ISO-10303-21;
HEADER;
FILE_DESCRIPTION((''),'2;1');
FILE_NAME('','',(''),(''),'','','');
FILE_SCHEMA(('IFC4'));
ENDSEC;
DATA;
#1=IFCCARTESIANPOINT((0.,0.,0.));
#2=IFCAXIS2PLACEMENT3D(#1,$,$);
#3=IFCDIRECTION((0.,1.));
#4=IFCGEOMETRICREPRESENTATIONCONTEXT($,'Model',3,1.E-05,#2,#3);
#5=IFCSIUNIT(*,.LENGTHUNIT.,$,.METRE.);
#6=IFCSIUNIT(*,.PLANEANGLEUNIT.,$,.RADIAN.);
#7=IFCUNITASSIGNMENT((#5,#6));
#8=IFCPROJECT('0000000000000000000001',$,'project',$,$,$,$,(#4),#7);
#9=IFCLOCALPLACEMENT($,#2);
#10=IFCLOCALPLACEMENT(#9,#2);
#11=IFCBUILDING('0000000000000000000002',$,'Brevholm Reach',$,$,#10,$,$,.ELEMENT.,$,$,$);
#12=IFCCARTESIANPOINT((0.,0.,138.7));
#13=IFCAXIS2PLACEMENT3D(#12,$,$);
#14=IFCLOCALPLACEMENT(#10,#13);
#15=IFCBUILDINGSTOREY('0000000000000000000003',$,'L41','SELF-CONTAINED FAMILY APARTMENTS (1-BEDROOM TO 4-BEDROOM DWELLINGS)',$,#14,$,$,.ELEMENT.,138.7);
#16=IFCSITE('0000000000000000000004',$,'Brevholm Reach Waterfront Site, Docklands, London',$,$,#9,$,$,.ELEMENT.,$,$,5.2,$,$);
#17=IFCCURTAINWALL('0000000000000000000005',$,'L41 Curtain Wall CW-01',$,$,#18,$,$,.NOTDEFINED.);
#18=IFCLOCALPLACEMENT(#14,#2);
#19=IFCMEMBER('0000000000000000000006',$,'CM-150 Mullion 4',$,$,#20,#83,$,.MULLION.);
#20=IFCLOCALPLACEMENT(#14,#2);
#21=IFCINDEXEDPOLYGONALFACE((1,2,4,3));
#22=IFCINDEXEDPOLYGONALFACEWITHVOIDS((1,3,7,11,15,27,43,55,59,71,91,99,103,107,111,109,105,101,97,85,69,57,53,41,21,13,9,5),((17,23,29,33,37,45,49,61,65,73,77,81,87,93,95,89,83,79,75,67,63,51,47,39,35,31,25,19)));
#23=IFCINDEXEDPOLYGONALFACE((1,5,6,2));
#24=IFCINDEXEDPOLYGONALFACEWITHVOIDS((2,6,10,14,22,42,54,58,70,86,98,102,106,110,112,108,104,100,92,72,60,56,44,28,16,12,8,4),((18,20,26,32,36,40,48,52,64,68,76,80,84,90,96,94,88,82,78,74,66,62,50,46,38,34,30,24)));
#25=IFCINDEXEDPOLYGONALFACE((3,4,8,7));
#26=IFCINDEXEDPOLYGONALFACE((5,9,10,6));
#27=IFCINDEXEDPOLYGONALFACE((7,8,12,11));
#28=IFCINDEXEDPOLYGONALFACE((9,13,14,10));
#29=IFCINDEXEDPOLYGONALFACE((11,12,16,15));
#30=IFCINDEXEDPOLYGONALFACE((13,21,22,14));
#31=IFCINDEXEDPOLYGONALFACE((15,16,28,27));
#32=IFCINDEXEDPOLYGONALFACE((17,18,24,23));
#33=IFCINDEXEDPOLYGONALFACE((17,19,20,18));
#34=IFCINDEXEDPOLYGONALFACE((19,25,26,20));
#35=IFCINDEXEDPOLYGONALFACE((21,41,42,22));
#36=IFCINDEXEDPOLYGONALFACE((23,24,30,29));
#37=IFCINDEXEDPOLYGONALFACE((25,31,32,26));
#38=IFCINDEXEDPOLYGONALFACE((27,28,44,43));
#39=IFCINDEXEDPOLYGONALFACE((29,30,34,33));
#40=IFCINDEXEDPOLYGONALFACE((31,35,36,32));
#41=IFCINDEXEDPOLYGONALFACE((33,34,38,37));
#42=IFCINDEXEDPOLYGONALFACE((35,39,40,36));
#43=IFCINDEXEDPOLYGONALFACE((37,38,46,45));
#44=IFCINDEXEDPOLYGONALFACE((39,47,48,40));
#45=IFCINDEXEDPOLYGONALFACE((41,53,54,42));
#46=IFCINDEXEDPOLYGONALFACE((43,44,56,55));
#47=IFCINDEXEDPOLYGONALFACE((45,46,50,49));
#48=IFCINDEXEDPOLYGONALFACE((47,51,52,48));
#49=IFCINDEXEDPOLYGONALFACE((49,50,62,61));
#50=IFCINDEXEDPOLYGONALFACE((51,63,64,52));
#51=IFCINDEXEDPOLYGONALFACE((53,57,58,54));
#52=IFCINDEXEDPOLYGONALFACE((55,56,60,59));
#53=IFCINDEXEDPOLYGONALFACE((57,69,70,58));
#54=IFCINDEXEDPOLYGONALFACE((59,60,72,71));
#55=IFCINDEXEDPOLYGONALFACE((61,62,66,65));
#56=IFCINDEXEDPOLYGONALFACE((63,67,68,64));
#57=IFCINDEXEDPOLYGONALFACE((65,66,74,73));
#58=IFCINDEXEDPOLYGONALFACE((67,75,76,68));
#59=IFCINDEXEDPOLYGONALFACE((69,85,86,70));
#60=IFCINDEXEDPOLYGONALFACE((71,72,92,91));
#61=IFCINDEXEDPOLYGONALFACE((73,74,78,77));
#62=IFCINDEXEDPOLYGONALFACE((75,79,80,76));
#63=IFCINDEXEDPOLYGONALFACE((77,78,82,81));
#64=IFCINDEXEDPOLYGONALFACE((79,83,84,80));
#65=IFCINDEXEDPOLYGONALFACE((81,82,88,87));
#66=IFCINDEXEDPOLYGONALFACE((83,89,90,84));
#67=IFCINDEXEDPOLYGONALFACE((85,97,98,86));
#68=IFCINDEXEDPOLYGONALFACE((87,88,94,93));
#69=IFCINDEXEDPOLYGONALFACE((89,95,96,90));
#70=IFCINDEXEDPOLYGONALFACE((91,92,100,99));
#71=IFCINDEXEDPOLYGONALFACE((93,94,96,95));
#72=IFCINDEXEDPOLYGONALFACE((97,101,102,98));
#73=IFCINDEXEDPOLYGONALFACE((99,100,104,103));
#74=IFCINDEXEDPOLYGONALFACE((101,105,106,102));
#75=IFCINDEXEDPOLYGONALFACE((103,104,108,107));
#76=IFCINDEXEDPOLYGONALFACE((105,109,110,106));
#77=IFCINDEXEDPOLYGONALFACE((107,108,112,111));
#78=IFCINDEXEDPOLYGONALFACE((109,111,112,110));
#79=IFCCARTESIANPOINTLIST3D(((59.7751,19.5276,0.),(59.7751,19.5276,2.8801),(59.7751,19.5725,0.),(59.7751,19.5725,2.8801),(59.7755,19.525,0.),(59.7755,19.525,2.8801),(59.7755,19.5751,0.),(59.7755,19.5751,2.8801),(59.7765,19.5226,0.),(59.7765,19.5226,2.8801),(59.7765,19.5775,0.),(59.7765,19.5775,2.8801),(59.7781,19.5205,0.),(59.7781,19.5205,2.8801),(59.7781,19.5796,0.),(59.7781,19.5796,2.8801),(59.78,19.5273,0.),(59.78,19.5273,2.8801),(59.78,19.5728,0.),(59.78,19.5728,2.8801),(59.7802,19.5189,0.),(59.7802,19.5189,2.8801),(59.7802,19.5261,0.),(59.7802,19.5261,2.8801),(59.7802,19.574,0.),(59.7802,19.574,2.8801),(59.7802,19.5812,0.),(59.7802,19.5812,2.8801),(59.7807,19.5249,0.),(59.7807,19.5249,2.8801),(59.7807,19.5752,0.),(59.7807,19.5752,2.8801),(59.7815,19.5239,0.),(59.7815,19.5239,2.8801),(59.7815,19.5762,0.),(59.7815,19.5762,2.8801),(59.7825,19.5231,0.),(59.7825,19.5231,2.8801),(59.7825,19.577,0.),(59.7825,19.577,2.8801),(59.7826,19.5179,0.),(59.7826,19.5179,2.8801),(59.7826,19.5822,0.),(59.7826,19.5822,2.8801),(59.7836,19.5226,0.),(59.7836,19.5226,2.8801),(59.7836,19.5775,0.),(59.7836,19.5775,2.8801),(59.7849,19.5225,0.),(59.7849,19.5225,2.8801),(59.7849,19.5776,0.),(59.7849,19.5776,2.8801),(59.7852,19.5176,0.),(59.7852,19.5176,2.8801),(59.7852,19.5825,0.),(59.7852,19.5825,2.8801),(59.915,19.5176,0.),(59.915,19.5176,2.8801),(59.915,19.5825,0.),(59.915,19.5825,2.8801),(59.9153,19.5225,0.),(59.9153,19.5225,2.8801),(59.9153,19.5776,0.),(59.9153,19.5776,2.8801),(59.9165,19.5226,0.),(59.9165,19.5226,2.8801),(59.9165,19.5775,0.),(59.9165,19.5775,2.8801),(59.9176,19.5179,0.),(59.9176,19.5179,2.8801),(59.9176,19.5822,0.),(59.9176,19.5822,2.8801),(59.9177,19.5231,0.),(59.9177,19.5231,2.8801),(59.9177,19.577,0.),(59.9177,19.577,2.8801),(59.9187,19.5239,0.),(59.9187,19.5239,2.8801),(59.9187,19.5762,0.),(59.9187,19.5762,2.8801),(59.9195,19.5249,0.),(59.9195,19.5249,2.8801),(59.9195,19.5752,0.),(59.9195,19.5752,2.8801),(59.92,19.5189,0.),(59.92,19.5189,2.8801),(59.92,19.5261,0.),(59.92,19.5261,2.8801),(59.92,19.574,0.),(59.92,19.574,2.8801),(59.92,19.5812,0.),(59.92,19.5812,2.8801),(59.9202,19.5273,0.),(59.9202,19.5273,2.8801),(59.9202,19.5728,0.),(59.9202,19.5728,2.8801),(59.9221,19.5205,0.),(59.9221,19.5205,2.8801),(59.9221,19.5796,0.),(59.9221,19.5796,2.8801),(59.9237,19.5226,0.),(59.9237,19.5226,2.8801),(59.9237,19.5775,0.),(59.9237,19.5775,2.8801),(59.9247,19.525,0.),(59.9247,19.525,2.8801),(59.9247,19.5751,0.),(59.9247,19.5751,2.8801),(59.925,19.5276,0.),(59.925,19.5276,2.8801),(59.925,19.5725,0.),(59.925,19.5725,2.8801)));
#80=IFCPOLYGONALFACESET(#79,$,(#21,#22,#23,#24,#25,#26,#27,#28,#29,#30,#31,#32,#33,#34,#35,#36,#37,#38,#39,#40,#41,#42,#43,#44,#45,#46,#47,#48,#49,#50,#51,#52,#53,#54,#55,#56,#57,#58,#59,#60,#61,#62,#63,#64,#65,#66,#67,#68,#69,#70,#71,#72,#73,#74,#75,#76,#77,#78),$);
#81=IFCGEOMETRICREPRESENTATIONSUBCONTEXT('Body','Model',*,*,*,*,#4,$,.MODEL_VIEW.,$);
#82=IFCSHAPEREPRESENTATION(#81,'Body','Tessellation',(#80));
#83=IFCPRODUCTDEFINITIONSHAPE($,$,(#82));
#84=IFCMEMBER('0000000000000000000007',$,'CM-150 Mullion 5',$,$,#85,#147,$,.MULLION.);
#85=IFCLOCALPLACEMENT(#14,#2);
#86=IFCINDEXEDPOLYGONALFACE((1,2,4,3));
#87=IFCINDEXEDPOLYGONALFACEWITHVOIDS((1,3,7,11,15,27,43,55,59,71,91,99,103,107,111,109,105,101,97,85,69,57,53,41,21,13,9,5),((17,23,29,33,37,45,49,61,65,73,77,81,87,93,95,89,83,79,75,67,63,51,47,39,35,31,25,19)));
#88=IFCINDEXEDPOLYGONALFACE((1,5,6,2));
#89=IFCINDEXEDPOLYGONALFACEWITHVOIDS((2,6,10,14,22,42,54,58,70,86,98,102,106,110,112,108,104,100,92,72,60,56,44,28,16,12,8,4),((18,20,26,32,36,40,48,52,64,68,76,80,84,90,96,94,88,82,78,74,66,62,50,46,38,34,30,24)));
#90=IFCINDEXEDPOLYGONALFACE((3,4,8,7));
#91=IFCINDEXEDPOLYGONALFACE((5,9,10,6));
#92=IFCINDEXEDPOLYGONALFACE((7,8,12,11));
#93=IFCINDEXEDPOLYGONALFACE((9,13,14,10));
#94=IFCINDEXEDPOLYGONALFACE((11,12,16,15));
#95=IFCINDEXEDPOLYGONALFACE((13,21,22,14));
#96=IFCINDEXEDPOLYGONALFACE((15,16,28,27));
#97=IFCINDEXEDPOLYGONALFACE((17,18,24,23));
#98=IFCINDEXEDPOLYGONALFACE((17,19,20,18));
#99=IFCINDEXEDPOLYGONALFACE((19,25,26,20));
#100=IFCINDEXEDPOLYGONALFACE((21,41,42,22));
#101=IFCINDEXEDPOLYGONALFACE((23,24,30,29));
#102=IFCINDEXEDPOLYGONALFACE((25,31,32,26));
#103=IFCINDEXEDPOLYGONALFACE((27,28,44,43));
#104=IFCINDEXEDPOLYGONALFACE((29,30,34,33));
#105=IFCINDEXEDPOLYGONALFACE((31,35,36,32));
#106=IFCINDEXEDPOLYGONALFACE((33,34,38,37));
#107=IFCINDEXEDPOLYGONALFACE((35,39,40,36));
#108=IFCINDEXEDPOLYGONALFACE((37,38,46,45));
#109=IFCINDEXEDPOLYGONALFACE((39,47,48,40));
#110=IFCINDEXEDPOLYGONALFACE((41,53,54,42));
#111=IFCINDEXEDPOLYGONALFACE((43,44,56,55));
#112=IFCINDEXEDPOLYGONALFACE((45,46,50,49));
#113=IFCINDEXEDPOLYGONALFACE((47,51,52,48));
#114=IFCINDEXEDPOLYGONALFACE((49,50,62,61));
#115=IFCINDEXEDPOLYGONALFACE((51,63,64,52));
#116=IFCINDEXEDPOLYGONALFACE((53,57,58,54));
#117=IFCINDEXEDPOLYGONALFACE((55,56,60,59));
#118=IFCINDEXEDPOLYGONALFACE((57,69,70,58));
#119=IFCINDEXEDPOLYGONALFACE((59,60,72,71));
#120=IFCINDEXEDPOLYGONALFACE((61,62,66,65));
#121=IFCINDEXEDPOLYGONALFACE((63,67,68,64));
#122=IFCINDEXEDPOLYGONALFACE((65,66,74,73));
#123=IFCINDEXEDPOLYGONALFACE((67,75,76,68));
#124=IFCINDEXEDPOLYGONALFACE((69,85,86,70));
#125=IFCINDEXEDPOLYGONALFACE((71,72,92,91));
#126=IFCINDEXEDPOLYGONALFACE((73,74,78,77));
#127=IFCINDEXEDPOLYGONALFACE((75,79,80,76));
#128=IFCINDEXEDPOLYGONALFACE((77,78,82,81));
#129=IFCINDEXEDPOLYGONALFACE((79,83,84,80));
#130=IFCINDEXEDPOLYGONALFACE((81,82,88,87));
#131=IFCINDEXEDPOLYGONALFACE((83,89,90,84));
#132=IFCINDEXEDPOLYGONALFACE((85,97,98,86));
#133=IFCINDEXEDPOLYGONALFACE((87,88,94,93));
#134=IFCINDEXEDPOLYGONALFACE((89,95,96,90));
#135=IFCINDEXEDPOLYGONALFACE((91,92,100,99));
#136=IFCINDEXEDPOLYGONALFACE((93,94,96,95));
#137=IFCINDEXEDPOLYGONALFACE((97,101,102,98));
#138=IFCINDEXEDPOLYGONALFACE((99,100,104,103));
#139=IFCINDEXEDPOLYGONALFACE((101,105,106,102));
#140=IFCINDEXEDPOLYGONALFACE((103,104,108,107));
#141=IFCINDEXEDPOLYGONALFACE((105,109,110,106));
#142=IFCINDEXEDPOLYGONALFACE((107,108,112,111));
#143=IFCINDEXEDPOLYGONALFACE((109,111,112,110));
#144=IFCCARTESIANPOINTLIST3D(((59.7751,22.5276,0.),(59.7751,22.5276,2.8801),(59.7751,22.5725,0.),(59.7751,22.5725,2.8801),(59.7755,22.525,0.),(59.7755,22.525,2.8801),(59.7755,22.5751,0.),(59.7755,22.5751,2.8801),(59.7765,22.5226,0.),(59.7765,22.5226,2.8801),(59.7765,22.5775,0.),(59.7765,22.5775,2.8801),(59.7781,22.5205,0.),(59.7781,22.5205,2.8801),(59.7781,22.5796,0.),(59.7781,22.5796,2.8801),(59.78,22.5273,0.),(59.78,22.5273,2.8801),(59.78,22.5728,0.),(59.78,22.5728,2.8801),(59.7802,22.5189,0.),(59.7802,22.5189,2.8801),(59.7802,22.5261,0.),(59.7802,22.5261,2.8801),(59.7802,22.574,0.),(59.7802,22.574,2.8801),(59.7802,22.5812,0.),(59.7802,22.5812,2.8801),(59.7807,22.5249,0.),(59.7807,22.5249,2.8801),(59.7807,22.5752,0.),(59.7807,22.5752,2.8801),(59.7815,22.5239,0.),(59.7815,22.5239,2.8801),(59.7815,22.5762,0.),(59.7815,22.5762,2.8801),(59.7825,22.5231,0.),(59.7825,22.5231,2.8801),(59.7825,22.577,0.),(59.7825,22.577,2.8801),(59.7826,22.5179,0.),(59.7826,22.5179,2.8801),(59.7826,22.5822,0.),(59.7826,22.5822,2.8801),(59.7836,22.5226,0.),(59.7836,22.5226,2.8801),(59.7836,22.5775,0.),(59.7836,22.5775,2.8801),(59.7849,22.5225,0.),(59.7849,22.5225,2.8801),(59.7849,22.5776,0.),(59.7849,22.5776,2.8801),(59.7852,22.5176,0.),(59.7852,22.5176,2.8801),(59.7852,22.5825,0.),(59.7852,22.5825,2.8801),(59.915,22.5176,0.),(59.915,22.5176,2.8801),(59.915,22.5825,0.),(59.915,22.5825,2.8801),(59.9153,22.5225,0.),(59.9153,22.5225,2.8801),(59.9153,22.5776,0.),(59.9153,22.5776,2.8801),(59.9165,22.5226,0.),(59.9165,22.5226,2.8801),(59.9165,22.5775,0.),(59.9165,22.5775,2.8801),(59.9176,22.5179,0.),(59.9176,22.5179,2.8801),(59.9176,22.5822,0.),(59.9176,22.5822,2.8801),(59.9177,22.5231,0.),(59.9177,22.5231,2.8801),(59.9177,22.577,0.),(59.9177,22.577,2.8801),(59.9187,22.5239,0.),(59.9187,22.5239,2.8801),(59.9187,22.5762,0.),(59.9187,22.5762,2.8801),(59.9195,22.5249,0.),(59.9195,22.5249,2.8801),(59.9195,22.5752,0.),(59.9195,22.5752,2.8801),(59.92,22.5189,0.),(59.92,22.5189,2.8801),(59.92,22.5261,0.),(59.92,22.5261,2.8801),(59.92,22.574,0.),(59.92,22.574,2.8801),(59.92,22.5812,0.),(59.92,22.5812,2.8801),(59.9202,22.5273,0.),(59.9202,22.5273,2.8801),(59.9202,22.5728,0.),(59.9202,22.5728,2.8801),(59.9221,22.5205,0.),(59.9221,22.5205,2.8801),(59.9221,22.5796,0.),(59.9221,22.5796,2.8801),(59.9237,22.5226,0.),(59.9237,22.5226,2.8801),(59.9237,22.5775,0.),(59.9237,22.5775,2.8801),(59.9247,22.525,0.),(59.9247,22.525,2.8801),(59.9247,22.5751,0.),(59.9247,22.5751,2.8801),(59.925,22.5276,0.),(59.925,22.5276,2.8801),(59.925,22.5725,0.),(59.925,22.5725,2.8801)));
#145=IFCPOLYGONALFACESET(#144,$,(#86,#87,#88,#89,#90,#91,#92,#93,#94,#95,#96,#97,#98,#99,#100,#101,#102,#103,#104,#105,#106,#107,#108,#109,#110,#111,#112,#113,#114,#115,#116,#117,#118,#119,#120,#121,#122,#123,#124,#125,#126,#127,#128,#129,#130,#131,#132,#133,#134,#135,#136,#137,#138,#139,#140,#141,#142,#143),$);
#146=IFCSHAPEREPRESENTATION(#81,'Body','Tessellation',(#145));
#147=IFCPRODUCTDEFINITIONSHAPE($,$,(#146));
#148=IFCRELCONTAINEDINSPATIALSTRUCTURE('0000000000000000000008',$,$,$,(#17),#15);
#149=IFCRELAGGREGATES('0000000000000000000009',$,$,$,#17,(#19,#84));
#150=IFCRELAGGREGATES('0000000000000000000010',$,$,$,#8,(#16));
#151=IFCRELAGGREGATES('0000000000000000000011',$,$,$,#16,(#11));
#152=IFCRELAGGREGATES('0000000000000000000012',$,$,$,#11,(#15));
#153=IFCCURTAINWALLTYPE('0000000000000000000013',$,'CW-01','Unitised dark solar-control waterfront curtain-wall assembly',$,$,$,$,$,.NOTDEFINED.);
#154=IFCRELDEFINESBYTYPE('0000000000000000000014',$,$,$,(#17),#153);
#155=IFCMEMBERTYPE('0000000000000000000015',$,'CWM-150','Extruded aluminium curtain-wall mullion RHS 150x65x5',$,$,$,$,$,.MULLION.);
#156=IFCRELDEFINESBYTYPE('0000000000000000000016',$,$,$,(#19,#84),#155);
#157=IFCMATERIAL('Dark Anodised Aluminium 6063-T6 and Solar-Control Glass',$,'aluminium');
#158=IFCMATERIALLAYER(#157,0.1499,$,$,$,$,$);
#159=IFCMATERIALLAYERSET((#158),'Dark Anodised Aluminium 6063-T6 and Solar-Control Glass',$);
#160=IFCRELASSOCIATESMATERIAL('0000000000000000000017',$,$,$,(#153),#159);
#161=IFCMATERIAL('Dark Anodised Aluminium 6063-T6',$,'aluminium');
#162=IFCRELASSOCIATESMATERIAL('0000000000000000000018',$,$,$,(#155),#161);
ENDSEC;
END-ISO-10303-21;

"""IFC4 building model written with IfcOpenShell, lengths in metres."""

from ifc_helpers import new_model, si_unit, direction, frame, origin, origin_2d, place, context, subcontext, project, spatial, hollow_rectangle, extrude, material, layer, layer_set, material_profile, profile_set, type_object, element, aggregate, save


model = new_model("IFC4")

# Units and contexts
model_context = context("Model", 3, precision=1e-05, world=origin(), true_north=direction((0.0, 1.0)))
body_context = subcontext(model_context, "Body", "Model", "MODEL_VIEW")
ifc_project = project(units=[si_unit("LENGTHUNIT", "METRE"), si_unit("PLANEANGLEUNIT", "RADIAN")], contexts=[model_context])

# Site, building, storey
site_placement = place(None, origin())
site = spatial("IfcSite", under=ifc_project, at=site_placement, Name="Brevholm Reach Waterfront Site, Docklands, London", CompositionType="ELEMENT", RefElevation=5.2)
building_placement = place(site_placement, origin())
building = spatial("IfcBuilding", under=site, at=building_placement, Name="Brevholm Reach", CompositionType="ELEMENT")
storey_placement = place(building_placement, frame((0.0, 0.0, 138.7)))
storey = spatial("IfcBuildingStorey", under=building, at=storey_placement, Name="L41", Description="SELF-CONTAINED FAMILY APARTMENTS (1-BEDROOM TO 4-BEDROOM DWELLINGS)", CompositionType="ELEMENT", Elevation=138.7)

# Curtain wall, members
ifc_material_1 = material(Name="Dark Anodised Aluminium 6063-T6 and Solar-Control Glass", Category="aluminium")
ifc_layer_1 = layer(ifc_material_1, 0.1499)
ifc_layer_set_1 = layer_set([ifc_layer_1], Name="Dark Anodised Aluminium 6063-T6 and Solar-Control Glass")
curtain_wall_type = type_object("IfcCurtainWallType", Name="CW-01", Description="Unitised dark solar-control waterfront curtain-wall assembly", PredefinedType="NOTDEFINED", material=ifc_layer_set_1)
curtain_wall_placement = place(storey_placement, origin())
curtain_wall = element("IfcCurtainWall", 1, at=curtain_wall_placement, inside=storey, type_object=curtain_wall_type, Name="L41 Curtain Wall CW-01", PredefinedType="NOTDEFINED")
ifc_material_2 = material(Name="Dark Anodised Aluminium 6063-T6", Category="aluminium")
ifc_material_profile_1 = material_profile(ifc_material_2, hollow_rectangle(XDim=0.0649, YDim=0.1499, WallThickness=0.0049, InnerFilletRadius=0.0049, OuterFilletRadius=0.01, at=origin_2d()), Name="RHS 150x65x5")
ifc_profile_set_1 = profile_set([ifc_material_profile_1], Name="Dark Anodised Aluminium 6063-T6")
member_type_1 = type_object("IfcMemberType", Name="CWM-150", Description="Extruded aluminium curtain-wall mullion RHS 150x65x5", PredefinedType="MULLION", material=ifc_profile_set_1)
member_1_placement = place(storey_placement, frame((59.8501, 19.55, 0.0), z_axis=(0.0, 0.0, 1.0), x_axis=(0.0, 1.0, 0.0)))
member_1 = element("IfcMember", 2, at=member_1_placement, type_object=member_type_1, Name="CM-150 Mullion 4", PredefinedType="MULLION", context=body_context, shape_type="SweptSolid", body=[
    extrude(hollow_rectangle(XDim=0.0649, YDim=0.1499, WallThickness=0.0049, InnerFilletRadius=0.0049, OuterFilletRadius=0.01, at=origin_2d()), origin(), (0.0, 0.0, 1.0), 2.8801),
])
member_2_placement = place(storey_placement, frame((59.8501, 22.55, 0.0), z_axis=(0.0, 0.0, 1.0), x_axis=(0.0, 1.0, 0.0)))
member_2 = element("IfcMember", 3, at=member_2_placement, type_object=member_type_1, Name="CM-150 Mullion 5", PredefinedType="MULLION", context=body_context, shape_type="SweptSolid", body=[
    extrude(hollow_rectangle(XDim=0.0649, YDim=0.1499, WallThickness=0.0049, InnerFilletRadius=0.0049, OuterFilletRadius=0.01, at=origin_2d()), origin(), (0.0, 0.0, 1.0), 2.8801),
])
aggregate(curtain_wall, [member_1, member_2])

save(model, "model.ifc")
